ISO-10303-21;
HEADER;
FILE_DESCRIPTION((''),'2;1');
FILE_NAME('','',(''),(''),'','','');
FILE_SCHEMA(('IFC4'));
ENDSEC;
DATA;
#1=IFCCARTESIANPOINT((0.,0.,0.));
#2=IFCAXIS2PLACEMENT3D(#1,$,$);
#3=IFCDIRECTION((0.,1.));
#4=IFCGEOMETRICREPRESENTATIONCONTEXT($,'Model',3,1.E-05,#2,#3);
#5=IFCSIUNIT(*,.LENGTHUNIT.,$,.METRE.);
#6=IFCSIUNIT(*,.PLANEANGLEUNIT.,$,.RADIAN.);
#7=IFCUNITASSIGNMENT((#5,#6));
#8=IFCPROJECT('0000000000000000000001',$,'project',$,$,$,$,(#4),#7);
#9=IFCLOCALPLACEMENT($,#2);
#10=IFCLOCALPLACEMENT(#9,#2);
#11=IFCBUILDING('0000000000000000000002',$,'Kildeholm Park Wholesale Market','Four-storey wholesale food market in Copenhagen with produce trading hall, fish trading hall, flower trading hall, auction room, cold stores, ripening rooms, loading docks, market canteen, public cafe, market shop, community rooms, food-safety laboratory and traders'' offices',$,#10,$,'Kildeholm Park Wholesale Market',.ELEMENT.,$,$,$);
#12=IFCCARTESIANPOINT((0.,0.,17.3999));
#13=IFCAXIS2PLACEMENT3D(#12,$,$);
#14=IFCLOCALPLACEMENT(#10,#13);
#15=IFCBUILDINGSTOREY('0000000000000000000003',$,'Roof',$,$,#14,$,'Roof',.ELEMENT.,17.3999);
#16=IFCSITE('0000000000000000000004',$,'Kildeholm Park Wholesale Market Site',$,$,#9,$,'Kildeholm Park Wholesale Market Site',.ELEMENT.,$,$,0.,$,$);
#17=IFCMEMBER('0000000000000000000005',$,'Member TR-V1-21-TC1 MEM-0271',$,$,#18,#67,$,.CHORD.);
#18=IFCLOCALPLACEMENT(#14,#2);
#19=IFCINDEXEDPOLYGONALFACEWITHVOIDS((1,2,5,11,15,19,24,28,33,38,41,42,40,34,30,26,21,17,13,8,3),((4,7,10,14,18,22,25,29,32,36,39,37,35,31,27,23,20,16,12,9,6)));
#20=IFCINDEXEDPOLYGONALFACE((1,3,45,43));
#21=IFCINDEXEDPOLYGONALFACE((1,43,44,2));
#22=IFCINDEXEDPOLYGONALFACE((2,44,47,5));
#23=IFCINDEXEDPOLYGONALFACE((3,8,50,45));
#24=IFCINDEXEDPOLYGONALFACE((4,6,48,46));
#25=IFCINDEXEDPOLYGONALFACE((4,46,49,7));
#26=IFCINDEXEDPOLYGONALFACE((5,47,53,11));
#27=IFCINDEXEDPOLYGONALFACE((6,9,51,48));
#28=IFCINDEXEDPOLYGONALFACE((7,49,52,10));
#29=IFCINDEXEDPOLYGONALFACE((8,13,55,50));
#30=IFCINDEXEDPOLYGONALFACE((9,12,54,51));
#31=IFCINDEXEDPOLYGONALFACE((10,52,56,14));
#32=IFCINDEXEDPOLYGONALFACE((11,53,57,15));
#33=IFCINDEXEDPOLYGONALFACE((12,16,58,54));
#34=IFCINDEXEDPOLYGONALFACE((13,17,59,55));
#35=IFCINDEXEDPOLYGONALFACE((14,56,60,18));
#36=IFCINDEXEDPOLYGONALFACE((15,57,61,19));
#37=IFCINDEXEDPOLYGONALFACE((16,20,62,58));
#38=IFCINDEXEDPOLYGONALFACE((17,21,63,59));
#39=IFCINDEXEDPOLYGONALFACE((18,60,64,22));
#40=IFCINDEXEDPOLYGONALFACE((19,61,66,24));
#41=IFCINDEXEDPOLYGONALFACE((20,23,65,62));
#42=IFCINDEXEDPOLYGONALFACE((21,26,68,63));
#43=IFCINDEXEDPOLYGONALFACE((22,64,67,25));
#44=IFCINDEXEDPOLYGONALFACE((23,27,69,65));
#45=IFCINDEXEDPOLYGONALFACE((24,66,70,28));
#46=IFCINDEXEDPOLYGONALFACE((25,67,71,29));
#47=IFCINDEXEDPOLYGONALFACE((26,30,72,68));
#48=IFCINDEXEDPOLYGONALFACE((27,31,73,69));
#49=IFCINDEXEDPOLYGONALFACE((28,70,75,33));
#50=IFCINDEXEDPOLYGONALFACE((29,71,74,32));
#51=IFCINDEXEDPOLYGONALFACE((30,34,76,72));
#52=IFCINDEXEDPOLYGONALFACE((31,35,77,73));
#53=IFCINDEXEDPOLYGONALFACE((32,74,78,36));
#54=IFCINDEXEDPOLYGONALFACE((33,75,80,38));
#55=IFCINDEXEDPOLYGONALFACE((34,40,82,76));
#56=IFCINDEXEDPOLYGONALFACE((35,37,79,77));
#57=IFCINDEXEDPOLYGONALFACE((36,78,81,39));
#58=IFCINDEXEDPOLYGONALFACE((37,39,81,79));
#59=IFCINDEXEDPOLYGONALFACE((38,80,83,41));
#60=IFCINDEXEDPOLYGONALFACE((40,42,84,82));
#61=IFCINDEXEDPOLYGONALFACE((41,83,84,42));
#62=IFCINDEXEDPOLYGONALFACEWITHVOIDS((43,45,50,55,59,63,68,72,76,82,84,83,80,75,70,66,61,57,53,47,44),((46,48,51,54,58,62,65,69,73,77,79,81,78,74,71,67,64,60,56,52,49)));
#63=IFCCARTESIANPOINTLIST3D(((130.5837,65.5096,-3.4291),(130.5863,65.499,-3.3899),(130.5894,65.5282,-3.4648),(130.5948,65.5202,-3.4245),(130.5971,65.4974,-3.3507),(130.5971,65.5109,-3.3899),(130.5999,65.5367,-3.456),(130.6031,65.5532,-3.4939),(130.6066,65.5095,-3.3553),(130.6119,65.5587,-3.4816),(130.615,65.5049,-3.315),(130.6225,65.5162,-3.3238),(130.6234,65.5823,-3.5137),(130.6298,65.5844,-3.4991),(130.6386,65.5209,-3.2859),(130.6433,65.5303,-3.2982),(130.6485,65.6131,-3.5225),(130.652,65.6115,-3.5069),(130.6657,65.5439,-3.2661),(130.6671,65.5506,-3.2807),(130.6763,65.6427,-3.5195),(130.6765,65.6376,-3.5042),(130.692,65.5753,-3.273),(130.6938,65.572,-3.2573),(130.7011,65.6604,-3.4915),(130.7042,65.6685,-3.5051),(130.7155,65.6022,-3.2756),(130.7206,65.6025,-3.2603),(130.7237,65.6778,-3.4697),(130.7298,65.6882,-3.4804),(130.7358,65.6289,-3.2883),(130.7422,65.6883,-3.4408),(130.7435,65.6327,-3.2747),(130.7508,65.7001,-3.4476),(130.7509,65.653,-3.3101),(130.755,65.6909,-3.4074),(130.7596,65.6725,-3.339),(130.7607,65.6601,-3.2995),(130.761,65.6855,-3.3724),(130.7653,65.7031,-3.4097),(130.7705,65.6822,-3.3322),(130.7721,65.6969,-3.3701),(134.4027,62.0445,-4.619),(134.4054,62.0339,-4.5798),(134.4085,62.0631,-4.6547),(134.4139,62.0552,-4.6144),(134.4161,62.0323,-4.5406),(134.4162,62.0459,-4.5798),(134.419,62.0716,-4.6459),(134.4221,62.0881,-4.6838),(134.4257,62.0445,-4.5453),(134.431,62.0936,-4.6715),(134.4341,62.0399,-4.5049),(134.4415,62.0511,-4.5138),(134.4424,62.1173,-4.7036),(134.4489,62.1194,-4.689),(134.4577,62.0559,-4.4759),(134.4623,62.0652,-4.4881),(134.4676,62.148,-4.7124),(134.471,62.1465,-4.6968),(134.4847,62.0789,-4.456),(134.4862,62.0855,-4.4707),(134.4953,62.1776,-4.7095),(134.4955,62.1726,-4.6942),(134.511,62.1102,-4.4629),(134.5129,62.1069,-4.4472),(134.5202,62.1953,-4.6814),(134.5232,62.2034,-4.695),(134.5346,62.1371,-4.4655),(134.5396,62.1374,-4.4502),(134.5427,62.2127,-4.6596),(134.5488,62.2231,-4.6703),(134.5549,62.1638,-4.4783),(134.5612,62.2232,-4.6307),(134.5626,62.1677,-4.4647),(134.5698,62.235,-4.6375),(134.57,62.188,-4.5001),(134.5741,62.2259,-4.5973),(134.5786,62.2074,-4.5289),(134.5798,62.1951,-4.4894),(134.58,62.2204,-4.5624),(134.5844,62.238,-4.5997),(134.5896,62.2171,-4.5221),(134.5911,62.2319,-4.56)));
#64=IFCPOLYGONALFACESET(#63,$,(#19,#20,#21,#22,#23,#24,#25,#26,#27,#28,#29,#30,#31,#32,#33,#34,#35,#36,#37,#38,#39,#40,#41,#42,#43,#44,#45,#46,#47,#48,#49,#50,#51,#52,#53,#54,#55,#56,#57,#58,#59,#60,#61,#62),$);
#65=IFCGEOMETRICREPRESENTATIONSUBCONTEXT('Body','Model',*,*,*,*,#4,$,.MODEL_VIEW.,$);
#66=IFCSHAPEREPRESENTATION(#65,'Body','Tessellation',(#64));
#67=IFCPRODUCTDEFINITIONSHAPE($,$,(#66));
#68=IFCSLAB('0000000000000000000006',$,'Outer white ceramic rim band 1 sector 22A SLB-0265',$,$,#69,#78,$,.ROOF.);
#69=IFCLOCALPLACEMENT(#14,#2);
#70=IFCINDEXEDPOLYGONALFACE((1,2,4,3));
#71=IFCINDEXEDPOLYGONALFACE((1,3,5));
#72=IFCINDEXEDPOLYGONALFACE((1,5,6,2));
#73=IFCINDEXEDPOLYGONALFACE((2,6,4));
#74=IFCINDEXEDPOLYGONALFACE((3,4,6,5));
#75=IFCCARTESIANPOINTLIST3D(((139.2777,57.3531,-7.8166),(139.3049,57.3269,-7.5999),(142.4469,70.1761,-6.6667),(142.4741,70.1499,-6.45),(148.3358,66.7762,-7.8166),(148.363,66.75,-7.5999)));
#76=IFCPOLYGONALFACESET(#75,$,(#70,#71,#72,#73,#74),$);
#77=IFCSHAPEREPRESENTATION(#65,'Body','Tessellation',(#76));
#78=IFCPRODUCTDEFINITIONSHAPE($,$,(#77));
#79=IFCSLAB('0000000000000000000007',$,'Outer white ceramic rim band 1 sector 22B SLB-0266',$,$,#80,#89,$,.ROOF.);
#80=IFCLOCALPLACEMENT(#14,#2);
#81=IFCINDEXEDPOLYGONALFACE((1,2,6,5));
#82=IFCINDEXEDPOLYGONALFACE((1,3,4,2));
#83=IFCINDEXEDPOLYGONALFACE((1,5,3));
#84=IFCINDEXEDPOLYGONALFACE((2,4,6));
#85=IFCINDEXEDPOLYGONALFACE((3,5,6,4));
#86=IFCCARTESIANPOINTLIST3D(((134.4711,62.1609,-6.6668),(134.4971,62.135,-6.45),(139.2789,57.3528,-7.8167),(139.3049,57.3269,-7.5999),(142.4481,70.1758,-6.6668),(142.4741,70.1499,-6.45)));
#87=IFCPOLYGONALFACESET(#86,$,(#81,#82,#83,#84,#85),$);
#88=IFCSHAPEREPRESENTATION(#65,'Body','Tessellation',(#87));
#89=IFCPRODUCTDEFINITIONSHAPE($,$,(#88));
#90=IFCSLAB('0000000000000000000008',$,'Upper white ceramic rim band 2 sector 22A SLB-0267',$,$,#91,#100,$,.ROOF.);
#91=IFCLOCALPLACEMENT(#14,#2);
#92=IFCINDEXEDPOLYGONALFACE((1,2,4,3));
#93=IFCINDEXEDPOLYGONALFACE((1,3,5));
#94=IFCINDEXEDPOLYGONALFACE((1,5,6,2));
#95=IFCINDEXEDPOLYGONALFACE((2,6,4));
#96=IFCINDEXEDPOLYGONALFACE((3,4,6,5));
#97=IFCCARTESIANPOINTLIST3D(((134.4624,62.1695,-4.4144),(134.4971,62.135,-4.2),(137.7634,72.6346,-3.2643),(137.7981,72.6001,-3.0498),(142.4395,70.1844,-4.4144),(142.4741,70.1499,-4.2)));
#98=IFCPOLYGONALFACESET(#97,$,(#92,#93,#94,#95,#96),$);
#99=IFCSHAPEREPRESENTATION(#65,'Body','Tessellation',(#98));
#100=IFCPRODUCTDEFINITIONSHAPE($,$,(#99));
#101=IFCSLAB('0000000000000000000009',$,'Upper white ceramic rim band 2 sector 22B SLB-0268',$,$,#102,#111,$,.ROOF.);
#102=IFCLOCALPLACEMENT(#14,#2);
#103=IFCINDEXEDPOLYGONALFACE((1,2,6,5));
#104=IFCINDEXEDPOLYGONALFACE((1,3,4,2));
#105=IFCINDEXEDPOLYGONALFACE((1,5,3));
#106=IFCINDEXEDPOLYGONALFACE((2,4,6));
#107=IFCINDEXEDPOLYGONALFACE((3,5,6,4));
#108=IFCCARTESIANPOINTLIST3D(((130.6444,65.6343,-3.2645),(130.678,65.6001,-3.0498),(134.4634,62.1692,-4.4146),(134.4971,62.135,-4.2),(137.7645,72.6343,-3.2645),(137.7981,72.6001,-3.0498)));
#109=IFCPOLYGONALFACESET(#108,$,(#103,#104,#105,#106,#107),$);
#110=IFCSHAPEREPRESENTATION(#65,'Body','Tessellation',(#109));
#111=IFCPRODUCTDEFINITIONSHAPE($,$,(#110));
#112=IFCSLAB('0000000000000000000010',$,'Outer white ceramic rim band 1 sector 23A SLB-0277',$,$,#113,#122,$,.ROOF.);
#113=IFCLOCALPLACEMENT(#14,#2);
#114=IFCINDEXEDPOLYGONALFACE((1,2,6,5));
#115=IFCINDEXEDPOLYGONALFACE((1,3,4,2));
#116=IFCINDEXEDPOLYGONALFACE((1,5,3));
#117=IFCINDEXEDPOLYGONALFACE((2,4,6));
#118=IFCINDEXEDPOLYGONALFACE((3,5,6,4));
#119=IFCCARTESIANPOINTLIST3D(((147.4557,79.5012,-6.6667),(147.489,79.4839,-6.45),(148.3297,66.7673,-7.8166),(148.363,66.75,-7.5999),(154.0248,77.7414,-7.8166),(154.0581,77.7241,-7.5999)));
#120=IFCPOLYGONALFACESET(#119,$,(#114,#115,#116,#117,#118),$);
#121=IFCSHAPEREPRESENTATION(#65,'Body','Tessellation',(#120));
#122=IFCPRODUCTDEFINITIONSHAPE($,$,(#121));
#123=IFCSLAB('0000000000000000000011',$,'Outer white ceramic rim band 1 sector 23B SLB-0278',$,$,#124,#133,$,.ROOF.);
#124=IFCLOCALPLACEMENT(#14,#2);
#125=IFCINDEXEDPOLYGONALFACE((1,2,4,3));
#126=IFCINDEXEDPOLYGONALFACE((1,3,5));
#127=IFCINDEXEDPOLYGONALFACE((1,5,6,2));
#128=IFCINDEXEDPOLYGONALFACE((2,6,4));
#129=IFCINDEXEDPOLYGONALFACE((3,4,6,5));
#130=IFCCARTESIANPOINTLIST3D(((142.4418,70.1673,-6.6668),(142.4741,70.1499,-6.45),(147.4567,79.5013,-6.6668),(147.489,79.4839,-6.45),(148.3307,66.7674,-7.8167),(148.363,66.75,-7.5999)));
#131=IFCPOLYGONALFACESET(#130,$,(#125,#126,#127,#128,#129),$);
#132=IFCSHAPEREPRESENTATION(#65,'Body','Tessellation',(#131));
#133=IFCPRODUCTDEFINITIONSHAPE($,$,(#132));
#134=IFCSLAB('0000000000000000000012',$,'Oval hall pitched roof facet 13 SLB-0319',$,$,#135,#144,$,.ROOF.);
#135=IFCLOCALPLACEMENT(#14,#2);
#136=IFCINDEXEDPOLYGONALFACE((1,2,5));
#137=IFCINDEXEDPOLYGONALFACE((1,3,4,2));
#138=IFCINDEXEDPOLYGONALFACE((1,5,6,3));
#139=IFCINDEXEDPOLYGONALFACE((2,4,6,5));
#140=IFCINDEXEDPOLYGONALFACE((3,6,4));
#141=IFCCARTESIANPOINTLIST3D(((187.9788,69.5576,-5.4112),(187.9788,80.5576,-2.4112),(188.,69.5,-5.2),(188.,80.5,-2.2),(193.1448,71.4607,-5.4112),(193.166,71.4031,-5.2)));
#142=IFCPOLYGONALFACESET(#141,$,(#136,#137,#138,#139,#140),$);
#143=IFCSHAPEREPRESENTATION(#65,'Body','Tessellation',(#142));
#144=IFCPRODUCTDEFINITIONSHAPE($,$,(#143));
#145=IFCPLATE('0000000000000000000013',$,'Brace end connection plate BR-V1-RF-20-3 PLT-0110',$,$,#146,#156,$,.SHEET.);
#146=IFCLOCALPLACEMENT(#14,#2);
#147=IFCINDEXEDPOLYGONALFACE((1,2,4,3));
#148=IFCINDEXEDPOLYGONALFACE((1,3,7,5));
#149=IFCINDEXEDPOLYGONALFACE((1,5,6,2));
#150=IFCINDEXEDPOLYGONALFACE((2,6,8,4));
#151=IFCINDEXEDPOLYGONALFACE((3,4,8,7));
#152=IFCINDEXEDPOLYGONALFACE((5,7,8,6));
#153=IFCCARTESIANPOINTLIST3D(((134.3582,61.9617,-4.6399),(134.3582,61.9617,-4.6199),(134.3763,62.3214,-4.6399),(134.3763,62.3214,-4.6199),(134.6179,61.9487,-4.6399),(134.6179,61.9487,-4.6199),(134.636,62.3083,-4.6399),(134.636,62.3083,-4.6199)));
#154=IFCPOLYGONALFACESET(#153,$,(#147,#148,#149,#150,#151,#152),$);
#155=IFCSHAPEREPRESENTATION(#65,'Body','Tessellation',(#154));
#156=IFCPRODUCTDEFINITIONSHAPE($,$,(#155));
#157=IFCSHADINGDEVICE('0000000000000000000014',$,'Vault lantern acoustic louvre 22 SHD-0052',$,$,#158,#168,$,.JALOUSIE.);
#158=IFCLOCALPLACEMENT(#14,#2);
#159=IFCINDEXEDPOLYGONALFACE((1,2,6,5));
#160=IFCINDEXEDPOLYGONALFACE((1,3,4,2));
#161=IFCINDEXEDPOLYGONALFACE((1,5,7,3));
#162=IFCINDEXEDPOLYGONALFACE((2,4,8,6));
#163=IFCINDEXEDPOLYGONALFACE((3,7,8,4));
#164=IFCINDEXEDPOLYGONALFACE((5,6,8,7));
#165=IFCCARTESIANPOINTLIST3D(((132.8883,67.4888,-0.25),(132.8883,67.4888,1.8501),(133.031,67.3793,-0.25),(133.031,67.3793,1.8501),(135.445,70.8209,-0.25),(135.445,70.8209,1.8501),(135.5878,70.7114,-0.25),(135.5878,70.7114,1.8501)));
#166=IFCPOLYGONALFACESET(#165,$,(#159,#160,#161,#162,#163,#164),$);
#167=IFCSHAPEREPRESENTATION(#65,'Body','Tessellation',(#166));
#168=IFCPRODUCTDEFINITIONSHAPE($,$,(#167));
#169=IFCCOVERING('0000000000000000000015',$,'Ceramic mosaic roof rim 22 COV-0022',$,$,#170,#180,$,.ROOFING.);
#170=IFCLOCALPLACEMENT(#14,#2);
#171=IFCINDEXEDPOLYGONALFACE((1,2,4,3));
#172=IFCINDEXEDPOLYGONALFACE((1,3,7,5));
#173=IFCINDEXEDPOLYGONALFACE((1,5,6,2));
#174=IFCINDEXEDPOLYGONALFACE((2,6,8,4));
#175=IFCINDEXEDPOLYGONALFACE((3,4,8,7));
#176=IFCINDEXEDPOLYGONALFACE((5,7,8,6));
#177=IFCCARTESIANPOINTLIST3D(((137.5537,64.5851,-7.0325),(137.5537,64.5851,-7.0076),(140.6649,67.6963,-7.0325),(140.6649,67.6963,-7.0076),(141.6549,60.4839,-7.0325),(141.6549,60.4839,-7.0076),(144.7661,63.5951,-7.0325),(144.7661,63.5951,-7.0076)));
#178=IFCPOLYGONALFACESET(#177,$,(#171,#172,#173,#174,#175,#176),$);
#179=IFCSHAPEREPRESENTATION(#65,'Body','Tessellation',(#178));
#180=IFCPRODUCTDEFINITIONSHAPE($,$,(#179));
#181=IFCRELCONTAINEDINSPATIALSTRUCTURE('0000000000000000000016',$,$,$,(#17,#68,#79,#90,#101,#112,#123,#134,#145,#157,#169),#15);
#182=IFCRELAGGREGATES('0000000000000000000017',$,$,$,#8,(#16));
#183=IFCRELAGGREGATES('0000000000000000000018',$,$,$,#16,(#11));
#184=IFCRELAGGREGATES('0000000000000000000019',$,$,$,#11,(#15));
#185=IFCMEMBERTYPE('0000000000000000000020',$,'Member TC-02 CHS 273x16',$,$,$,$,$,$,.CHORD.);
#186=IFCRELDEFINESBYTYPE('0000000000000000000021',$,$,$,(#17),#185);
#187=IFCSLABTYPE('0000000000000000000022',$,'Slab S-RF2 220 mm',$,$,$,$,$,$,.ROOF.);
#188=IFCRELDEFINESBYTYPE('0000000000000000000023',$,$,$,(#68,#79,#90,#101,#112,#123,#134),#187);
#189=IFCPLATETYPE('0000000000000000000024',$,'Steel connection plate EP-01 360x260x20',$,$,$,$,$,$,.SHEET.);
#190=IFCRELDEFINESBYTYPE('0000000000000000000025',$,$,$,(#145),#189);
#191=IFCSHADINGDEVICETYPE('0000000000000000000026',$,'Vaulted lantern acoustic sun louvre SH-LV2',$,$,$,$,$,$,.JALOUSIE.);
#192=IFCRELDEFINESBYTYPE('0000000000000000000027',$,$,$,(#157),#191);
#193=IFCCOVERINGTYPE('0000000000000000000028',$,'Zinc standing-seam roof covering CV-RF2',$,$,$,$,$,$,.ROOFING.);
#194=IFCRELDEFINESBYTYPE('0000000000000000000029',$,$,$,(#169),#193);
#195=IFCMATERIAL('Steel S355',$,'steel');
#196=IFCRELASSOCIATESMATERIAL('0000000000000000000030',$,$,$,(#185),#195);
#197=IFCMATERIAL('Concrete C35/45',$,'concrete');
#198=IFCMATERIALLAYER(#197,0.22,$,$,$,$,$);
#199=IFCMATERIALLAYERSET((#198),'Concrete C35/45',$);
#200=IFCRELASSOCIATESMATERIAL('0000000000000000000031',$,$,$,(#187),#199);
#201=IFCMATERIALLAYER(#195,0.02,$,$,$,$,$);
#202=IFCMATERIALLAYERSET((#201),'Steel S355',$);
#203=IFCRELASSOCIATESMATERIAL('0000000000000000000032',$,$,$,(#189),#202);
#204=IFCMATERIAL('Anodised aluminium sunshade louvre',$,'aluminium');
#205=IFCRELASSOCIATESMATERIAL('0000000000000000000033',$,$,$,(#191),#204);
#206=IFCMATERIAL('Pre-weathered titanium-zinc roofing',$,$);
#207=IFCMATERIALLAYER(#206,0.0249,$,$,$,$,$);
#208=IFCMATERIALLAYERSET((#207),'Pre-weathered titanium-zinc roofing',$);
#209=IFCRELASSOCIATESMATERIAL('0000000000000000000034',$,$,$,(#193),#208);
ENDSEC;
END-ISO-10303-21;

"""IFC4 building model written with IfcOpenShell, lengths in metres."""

from ifc_helpers import new_model, si_unit, direction, frame, origin, origin_2d, place, context, subcontext, project, spatial, polyline, rectangle, hollow_circle, outline, extrude, material, layer, layer_set, material_profile, profile_set, type_object, element, save


model = new_model("IFC4")

# Units and contexts
model_context = context("Model", 3, precision=1e-05, world=origin(), true_north=direction((0.0, 1.0)))
body_context = subcontext(model_context, "Body", "Model", "MODEL_VIEW")
ifc_project = project(units=[si_unit("LENGTHUNIT", "METRE"), si_unit("PLANEANGLEUNIT", "RADIAN")], contexts=[model_context])

# Site, building, storey
site_placement = place(None, origin())
site = spatial("IfcSite", under=ifc_project, at=site_placement, Name="Kildeholm Park Wholesale Market Site", LongName="Kildeholm Park Wholesale Market Site", CompositionType="ELEMENT", RefElevation=0.0)
building_placement = place(site_placement, origin())
building = spatial("IfcBuilding", under=site, at=building_placement, Name="Kildeholm Park Wholesale Market", Description="Four-storey wholesale food market in Copenhagen with produce trading hall, fish trading hall, flower trading hall, auction room, cold stores, ripening rooms, loading docks, market canteen, public cafe, market shop, community rooms, food-safety laboratory and traders' offices", LongName="Kildeholm Park Wholesale Market", CompositionType="ELEMENT")
storey_placement = place(building_placement, frame((0.0, 0.0, 17.3999)))
storey = spatial("IfcBuildingStorey", under=building, at=storey_placement, Name="Roof", LongName="Roof", CompositionType="ELEMENT", Elevation=17.3999)

# Shared definitions
ifc_material_1 = material(Name="Steel S355", Category="steel")

# Member
ifc_material_profile_1 = material_profile(ifc_material_1, hollow_circle(Radius=0.1365, WallThickness=0.0161, at=origin_2d()), Name="CHS 273x16")
ifc_profile_set_1 = profile_set([ifc_material_profile_1], Name="Steel S355")
member_type_1 = type_object("IfcMemberType", Name="Member TC-02 CHS 273x16", PredefinedType="CHORD", material=ifc_profile_set_1)
member_1_placement = place(storey_placement, frame((134.4971, 62.135, -4.5798), z_axis=(-0.721634, 0.654744, 0.224845), x_axis=(-0.671949, -0.740597, 0.0)))
element("IfcMember", 1, at=member_1_placement, inside=storey, type_object=member_type_1, Name="Member TR-V1-21-TC1 MEM-0271", PredefinedType="CHORD", context=body_context, shape_type="SweptSolid", body=[
    extrude(hollow_circle(Radius=0.1365, WallThickness=0.0161, at=origin_2d()), origin(), (0.0, 0.0, 1.0), 5.2922),
])

# Slabs
ifc_material_2 = material(Name="Concrete C35/45", Category="concrete")
ifc_layer_1 = layer(ifc_material_2, 0.22)
ifc_layer_set_1 = layer_set([ifc_layer_1], Name="Concrete C35/45")
slab_type = type_object("IfcSlabType", Name="Slab S-RF2 220 mm", PredefinedType="ROOF", material=ifc_layer_set_1)
slab_1_placement = place(storey_placement, frame((139.3049, 57.3269, -7.5999), z_axis=(0.123712, -0.11892, 0.985167), x_axis=(0.693007, 0.720931, 0.0)))
element("IfcSlab", 2, at=slab_1_placement, inside=storey, type_object=slab_type, Name="Outer white ceramic rim band 1 sector 22A SLB-0265", PredefinedType="ROOF", context=body_context, shape_type="SweptSolid", body=[
    extrude(outline(polyline([(0.0, 0.0), (13.0707, 0.0), (11.4408, 6.7011), (0.0, 0.0)])), origin(), (0.0, 0.0, -1.0), 0.22),
])
slab_2_placement = place(storey_placement, frame((139.3049, 57.3269, -7.5999), z_axis=(0.118187, -0.117629, 0.986), x_axis=(0.239026, 0.967132, 0.086728)))
element("IfcSlab", 3, at=slab_2_placement, inside=storey, type_object=slab_type, Name="Outer white ceramic rim band 1 sector 22B SLB-0266", PredefinedType="ROOF", context=body_context, shape_type="SweptSolid", body=[
    extrude(outline(polyline([(0.0, 0.0), (13.2588, 0.0), (3.6006, 5.8814), (0.0, 0.0)])), origin(), (0.0, 0.0, -1.0), 0.22),
])
slab_3_placement = place(storey_placement, frame((134.4971, 62.135, -4.2), z_axis=(0.157611, -0.156867, 0.974962), x_axis=(0.705432, 0.708778, 0.0)))
element("IfcSlab", 4, at=slab_3_placement, inside=storey, type_object=slab_type, Name="Upper white ceramic rim band 2 sector 22A SLB-0267", PredefinedType="ROOF", context=body_context, shape_type="SweptSolid", body=[
    extrude(outline(polyline([(0.0, 0.0), (11.308, 0.0), (9.7461, 5.1722), (0.0, 0.0)])), origin(), (0.0, 0.0, -1.0), 0.22),
])
slab_4_placement = place(storey_placement, frame((134.4971, 62.135, -4.2), z_axis=(0.15285, -0.155473, 0.975943), x_axis=(0.299183, 0.948485, 0.104242)))
element("IfcSlab", 5, at=slab_4_placement, inside=storey, type_object=slab_type, Name="Upper white ceramic rim band 2 sector 22B SLB-0268", PredefinedType="ROOF", context=body_context, shape_type="SweptSolid", body=[
    extrude(outline(polyline([(0.0, 0.0), (11.0335, 0.0), (2.2639, 4.7739), (0.0, 0.0)])), origin(), (0.0, 0.0, -1.0), 0.22),
])
slab_5_placement = place(storey_placement, frame((148.363, 66.75, -7.5999), z_axis=(0.151429, -0.078585, 0.985339), x_axis=(0.460622, 0.887596, 0.0)))
element("IfcSlab", 6, at=slab_5_placement, inside=storey, type_object=slab_type, Name="Outer white ceramic rim band 1 sector 23A SLB-0277", PredefinedType="ROOF", context=body_context, shape_type="SweptSolid", body=[
    extrude(outline(polyline([(0.0, 0.0), (12.3639, 0.0), (10.9, 6.7401), (0.0, 0.0)])), origin(), (0.0, 0.0, -1.0), 0.22),
])
slab_6_placement = place(storey_placement, frame((148.363, 66.75, -7.5999), z_axis=(0.146948, -0.078951, 0.985988), x_axis=(-0.0682, 0.993629, 0.089727)))
element("IfcSlab", 7, at=slab_6_placement, inside=storey, type_object=slab_type, Name="Outer white ceramic rim band 1 sector 23B SLB-0278", PredefinedType="ROOF", context=body_context, shape_type="SweptSolid", body=[
    extrude(outline(polyline([(0.0, 0.0), (12.8155, 0.0), (3.883, 5.6994), (0.0, 0.0)])), origin(), (0.0, 0.0, -1.0), 0.22),
])
slab_7_placement = place(storey_placement, frame((188.0, 69.5, -5.2), z_axis=(0.096476, -0.26189, 0.960263), x_axis=(0.938354, 0.345675, 0.0)))
element("IfcSlab", 8, at=slab_7_placement, inside=storey, type_object=slab_type, Name="Oval hall pitched roof facet 13 SLB-0319", PredefinedType="ROOF", context=body_context, shape_type="SweptSolid", body=[
    extrude(outline(polyline([(0.0, 0.0), (5.5054, 0.0), (3.8024, 10.749), (0.0, 0.0)])), origin(), (0.0, 0.0, -1.0), 0.22),
])

# Plate
ifc_layer_2 = layer(ifc_material_1, 0.02)
ifc_layer_set_2 = layer_set([ifc_layer_2], Name="Steel S355")
plate_type = type_object("IfcPlateType", Name="Steel connection plate EP-01 360x260x20", PredefinedType="SHEET", material=ifc_layer_set_2)
plate_placement = place(storey_placement, frame((134.4971, 62.135, -4.6399), z_axis=(0.0, 0.0, 1.0), x_axis=(0.050244, 0.998737, 0.0)))
element("IfcPlate", 9, at=plate_placement, inside=storey, type_object=plate_type, Name="Brace end connection plate BR-V1-RF-20-3 PLT-0110", PredefinedType="SHEET", context=body_context, shape_type="SweptSolid", body=[
    extrude(rectangle(XDim=0.3601, YDim=0.26, at=origin_2d()), origin(), (0.0, 0.0, 1.0), 0.02),
])

# Shading device
ifc_material_3 = material(Name="Anodised aluminium sunshade louvre", Category="aluminium")
shading_device_type = type_object("IfcShadingDeviceType", Name="Vaulted lantern acoustic sun louvre SH-LV2", PredefinedType="JALOUSIE", material=ifc_material_3)
shading_device_placement = place(storey_placement, frame((134.238, 69.1001, -0.25), z_axis=(0.0, 0.0, 1.0), x_axis=(0.608761, 0.793353, 0.0)))
element("IfcShadingDevice", 10, at=shading_device_placement, inside=storey, type_object=shading_device_type, Name="Vault lantern acoustic louvre 22 SHD-0052", PredefinedType="JALOUSIE", context=body_context, shape_type="SweptSolid", body=[
    extrude(rectangle(XDim=4.2, YDim=0.1799, at=origin_2d()), origin(), (0.0, 0.0, 1.0), 2.1001),
])

# Covering
ifc_material_4 = material(Name="Pre-weathered titanium-zinc roofing")
ifc_layer_3 = layer(ifc_material_4, 0.0249)
ifc_layer_set_3 = layer_set([ifc_layer_3], Name="Pre-weathered titanium-zinc roofing")
covering_type = type_object("IfcCoveringType", Name="Zinc standing-seam roof covering CV-RF2", PredefinedType="ROOFING", material=ifc_layer_set_3)
covering_placement = place(storey_placement, frame((141.1599, 64.0901, -7.0325), z_axis=(0.0, 0.0, 1.0), x_axis=(0.707107, -0.707107, 0.0)))
element("IfcCovering", 11, at=covering_placement, inside=storey, type_object=covering_type, Name="Ceramic mosaic roof rim 22 COV-0022", PredefinedType="ROOFING", context=body_context, shape_type="SweptSolid", body=[
    extrude(rectangle(XDim=5.8, YDim=4.3999, at=origin_2d()), origin(), (0.0, 0.0, 1.0), 0.0249),
])

save(model, "model.ifc")
